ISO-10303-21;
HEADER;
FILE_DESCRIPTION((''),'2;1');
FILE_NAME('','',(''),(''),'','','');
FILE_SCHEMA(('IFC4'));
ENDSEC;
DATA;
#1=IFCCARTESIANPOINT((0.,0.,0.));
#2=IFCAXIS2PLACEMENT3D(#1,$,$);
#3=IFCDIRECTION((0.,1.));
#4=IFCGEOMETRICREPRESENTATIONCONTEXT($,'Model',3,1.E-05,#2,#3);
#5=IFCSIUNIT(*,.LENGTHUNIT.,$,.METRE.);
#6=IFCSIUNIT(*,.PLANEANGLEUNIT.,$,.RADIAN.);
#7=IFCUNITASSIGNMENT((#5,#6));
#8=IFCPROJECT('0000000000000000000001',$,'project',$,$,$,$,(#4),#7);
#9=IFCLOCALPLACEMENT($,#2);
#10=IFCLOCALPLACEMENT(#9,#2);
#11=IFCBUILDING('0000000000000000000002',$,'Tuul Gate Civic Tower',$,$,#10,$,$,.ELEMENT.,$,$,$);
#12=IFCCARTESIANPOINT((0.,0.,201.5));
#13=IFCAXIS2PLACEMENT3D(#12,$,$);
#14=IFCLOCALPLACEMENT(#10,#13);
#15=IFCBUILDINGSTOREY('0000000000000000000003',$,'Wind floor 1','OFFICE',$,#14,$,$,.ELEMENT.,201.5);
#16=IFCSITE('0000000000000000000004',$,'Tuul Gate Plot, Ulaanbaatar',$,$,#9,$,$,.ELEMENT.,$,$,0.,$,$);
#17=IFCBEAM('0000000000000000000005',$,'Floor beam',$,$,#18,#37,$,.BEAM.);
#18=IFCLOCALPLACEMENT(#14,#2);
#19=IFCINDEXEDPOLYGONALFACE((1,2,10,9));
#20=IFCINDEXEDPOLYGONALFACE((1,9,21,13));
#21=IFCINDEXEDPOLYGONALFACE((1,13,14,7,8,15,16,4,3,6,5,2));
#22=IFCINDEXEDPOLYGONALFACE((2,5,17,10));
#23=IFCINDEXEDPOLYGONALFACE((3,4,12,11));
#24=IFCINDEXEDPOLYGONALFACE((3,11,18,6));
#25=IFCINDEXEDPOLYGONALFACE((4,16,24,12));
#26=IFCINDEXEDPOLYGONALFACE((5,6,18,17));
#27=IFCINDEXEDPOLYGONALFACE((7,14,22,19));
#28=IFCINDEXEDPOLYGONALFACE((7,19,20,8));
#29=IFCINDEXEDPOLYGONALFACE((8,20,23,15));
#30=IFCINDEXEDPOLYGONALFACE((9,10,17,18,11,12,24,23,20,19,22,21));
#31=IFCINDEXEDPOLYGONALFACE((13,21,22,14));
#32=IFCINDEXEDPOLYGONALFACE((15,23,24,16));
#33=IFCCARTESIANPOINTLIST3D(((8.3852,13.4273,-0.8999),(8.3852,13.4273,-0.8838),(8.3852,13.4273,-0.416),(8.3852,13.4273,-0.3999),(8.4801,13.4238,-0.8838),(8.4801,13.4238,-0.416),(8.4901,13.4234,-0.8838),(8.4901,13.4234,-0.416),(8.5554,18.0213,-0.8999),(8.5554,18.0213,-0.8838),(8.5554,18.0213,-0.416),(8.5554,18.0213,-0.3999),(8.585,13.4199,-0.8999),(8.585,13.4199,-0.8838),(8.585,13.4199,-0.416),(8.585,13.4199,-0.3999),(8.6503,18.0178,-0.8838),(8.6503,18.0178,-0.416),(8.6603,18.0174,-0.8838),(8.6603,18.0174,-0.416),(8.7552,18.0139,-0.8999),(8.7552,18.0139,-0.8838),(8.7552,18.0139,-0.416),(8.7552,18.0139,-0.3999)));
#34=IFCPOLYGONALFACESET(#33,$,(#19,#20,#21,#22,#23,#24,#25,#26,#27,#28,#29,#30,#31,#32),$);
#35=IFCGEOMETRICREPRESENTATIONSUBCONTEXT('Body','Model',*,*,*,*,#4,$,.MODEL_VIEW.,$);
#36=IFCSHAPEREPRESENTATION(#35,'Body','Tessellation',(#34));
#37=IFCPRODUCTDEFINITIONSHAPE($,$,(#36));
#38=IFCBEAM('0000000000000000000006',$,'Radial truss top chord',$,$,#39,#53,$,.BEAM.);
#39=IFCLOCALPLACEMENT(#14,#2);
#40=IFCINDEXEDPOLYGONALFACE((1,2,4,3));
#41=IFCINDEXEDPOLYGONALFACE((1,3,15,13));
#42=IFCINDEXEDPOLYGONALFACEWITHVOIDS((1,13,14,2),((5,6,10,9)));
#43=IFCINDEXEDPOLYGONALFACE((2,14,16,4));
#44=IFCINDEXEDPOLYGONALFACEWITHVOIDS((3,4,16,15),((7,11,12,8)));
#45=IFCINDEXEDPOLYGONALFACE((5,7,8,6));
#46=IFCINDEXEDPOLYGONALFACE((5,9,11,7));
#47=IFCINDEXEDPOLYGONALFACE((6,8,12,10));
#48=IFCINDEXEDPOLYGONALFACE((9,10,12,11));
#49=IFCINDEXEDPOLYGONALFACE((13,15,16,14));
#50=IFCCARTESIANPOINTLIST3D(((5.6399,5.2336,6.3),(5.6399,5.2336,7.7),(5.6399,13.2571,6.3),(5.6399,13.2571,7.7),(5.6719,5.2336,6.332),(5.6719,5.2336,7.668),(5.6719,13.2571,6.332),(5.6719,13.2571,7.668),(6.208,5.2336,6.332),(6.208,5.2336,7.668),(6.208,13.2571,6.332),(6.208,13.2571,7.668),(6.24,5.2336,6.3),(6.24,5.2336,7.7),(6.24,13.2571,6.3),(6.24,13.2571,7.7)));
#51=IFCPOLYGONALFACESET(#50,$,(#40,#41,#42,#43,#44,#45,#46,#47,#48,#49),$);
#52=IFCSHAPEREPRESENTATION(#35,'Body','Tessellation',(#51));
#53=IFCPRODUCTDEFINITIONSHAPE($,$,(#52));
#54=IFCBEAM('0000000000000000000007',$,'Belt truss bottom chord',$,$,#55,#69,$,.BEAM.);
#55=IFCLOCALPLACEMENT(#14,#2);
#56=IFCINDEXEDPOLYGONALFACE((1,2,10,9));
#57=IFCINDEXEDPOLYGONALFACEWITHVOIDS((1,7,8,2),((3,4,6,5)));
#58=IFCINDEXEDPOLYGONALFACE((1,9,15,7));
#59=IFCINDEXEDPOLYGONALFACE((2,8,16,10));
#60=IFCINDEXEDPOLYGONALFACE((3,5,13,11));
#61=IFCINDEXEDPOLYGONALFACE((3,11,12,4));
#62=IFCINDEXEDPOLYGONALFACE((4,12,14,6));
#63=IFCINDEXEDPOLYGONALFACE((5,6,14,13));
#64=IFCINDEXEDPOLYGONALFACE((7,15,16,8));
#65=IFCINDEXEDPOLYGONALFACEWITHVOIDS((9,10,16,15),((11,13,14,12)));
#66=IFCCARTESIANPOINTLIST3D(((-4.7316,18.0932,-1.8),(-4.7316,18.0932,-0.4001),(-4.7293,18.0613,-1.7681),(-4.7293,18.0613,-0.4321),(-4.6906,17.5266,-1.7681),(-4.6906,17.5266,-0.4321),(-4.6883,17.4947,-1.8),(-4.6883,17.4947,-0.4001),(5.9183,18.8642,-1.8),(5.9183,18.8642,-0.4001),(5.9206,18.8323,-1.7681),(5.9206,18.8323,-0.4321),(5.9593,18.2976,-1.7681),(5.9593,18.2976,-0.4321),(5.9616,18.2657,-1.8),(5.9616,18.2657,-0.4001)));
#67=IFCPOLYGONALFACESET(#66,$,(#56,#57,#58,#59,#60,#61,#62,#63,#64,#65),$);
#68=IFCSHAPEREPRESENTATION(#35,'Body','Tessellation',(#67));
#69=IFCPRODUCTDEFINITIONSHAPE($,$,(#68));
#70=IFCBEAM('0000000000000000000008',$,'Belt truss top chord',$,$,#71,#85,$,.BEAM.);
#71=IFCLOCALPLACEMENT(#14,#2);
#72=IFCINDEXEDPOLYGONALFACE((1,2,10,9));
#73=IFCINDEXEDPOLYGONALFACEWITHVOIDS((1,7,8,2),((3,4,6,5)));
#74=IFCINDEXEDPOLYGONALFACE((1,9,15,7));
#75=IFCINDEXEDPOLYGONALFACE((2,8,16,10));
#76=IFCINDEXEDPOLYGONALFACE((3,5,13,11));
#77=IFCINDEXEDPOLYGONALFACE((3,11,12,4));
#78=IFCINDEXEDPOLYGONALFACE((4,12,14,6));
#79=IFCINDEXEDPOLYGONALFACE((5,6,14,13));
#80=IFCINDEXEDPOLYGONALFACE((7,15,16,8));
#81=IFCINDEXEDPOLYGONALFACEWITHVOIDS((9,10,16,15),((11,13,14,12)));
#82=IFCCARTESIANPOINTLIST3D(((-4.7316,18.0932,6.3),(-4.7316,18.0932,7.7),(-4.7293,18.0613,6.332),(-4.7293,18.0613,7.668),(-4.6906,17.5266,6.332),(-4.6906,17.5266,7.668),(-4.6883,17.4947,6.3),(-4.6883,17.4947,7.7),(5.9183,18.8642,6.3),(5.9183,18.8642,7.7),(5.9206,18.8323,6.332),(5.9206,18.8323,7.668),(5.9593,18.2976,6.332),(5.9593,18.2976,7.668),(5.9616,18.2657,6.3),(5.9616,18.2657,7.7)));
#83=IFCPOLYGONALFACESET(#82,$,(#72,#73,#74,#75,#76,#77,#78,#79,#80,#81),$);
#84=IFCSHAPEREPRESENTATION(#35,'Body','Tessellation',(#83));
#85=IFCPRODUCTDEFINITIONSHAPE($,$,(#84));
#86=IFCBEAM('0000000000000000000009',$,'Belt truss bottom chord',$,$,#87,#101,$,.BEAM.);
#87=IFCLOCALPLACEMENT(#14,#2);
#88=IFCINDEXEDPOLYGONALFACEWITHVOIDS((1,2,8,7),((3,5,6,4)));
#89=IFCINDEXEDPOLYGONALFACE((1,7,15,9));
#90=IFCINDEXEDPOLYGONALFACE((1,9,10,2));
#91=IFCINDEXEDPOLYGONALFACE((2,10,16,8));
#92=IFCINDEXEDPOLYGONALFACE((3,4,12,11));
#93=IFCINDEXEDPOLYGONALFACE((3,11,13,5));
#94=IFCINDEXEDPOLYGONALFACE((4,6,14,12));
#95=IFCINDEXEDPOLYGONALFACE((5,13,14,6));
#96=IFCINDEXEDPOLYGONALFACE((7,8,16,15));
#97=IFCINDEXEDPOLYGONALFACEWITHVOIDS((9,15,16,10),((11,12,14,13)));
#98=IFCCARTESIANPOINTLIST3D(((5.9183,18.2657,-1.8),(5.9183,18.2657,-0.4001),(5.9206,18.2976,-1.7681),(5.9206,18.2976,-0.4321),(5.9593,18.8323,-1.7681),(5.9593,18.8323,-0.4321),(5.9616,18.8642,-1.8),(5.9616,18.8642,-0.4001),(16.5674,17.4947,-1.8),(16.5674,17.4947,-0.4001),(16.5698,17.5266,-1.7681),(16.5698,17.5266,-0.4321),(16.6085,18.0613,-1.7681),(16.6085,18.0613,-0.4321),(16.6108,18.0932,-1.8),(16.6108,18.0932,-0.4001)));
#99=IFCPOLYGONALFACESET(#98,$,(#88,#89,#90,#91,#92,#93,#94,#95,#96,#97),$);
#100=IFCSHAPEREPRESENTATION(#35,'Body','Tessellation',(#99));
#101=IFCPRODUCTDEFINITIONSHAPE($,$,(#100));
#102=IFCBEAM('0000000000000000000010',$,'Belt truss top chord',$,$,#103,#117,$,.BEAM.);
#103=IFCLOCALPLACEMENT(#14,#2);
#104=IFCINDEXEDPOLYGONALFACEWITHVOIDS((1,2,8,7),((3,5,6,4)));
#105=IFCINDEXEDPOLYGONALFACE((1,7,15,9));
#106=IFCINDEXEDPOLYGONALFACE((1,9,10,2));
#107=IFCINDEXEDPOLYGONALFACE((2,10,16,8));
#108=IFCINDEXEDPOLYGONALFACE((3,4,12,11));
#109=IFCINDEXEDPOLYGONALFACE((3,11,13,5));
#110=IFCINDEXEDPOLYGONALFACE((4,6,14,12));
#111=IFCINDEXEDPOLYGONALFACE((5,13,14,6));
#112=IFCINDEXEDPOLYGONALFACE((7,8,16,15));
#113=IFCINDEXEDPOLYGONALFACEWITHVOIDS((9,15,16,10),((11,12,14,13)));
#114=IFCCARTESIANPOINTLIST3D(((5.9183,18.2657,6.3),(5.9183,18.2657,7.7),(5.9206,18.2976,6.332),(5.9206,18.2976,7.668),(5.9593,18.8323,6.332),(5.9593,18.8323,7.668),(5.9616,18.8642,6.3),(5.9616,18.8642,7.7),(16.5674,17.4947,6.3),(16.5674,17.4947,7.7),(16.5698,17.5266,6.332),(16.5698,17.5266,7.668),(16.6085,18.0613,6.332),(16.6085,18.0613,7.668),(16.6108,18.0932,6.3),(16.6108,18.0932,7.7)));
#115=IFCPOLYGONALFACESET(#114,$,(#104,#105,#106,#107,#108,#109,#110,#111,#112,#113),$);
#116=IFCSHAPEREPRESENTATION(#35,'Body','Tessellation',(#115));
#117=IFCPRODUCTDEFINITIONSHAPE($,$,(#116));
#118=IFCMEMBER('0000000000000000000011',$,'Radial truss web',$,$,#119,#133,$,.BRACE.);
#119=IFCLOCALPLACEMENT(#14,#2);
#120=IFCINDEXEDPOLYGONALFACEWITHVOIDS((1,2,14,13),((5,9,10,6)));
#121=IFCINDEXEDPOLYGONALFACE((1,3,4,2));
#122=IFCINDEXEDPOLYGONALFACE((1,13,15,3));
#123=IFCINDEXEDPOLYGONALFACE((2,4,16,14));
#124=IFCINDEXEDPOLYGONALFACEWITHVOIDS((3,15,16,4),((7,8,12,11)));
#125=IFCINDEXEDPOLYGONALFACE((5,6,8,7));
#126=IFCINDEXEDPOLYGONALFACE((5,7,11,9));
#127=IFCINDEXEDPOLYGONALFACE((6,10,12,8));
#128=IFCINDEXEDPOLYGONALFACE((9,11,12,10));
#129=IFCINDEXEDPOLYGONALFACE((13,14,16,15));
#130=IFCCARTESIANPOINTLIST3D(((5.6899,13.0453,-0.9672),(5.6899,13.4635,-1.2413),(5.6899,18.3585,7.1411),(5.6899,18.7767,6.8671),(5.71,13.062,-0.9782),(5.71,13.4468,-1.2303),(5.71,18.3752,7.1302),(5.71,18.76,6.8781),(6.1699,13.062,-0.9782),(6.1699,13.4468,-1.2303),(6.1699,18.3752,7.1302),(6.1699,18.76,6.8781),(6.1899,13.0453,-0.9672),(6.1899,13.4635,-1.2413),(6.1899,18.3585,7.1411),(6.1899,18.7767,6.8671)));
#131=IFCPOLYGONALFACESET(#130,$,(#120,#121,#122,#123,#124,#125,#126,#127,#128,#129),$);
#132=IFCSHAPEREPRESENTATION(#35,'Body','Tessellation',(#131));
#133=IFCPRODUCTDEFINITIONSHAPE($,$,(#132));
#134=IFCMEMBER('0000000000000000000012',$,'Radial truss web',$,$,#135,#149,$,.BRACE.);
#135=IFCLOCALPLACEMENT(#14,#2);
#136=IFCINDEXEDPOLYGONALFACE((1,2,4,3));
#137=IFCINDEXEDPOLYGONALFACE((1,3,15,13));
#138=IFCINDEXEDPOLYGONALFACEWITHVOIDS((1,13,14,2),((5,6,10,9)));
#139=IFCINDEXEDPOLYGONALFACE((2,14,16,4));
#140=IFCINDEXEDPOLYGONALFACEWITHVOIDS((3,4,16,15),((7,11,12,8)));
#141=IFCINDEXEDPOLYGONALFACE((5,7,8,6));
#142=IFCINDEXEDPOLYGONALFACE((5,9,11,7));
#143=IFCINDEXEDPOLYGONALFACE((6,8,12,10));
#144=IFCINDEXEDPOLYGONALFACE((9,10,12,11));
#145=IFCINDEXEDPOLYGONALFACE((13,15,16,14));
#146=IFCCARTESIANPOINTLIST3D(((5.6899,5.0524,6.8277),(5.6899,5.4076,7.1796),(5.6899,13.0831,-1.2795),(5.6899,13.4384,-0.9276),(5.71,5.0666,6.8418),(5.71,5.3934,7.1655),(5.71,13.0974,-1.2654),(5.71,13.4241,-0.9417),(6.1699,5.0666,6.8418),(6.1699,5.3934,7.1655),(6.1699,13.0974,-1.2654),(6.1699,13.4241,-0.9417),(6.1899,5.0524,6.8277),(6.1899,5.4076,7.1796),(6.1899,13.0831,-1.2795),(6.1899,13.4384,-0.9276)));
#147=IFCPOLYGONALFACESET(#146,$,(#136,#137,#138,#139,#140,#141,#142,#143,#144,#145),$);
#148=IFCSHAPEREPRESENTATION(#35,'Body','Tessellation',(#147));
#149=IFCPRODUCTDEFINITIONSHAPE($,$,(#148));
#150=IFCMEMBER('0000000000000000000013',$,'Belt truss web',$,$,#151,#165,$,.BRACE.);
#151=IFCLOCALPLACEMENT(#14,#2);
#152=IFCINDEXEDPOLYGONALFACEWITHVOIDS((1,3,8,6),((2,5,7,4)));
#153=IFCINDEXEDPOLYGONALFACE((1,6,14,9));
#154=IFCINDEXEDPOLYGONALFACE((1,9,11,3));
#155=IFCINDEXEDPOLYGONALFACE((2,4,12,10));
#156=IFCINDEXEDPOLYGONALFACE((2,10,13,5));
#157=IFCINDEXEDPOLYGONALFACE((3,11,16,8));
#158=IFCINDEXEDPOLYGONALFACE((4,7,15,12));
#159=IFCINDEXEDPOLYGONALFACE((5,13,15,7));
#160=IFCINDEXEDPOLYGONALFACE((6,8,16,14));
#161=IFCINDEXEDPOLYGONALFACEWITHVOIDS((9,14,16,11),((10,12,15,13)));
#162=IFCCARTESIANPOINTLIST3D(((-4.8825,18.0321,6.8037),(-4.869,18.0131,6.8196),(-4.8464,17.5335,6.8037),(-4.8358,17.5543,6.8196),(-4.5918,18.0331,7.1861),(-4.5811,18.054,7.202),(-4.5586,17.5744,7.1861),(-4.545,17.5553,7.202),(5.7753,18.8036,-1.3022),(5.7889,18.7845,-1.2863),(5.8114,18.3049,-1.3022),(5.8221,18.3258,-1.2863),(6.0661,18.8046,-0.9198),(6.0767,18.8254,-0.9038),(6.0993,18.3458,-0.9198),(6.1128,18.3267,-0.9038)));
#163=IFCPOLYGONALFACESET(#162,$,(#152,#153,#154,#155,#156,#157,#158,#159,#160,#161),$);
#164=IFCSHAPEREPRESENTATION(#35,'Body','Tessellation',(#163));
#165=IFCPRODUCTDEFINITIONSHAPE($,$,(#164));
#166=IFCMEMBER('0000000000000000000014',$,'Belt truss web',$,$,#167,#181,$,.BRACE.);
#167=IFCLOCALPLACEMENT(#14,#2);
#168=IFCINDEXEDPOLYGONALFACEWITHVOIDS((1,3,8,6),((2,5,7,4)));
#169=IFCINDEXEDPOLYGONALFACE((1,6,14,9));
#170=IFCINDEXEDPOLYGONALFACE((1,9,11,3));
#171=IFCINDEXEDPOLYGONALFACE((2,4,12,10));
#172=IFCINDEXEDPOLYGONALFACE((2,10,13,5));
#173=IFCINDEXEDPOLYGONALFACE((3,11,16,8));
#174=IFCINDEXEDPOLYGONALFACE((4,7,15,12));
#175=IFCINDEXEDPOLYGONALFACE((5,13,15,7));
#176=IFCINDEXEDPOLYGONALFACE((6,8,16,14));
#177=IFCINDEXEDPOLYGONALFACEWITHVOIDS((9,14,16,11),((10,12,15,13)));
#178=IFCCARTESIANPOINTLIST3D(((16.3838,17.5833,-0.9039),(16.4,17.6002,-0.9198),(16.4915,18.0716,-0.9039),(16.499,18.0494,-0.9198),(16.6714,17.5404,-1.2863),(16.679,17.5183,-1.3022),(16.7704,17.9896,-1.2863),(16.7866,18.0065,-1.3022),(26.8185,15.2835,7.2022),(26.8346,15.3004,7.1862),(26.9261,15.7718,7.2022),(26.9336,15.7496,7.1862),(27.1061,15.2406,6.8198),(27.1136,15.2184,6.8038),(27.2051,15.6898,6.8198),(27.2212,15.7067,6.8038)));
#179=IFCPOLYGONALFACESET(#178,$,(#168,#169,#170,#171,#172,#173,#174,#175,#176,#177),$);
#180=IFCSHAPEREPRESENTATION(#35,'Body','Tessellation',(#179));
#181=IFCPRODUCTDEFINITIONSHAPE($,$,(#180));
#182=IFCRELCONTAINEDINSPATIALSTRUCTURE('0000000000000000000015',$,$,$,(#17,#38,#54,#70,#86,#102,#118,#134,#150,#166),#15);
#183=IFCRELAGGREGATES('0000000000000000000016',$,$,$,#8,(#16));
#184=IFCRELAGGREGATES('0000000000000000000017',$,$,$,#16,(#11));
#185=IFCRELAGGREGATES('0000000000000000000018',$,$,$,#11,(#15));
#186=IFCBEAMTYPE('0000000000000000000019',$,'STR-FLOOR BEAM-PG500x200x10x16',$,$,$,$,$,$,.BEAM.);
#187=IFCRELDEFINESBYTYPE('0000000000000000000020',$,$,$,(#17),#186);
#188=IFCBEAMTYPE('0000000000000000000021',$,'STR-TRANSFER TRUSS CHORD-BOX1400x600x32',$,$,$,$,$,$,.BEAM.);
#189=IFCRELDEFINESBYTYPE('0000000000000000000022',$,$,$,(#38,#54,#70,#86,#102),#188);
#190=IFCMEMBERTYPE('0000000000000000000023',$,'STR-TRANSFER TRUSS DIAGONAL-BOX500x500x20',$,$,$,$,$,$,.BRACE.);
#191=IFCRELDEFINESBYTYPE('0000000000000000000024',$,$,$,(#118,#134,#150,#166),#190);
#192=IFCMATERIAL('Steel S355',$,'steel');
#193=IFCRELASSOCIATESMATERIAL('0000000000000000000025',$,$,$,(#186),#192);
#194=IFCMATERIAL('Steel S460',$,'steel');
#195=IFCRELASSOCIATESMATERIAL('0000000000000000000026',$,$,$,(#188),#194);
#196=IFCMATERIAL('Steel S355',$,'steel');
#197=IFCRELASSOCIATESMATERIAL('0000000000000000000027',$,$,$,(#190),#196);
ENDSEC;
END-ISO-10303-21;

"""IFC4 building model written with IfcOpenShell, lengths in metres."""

from ifc_helpers import new_model, si_unit, direction, frame, origin, origin_2d, place, context, subcontext, project, spatial, hollow_rectangle, i_section, extrude, material, material_profile, profile_set, type_object, element, save


model = new_model("IFC4")

# Units and contexts
model_context = context("Model", 3, precision=1e-05, world=origin(), true_north=direction((0.0, 1.0)))
body_context = subcontext(model_context, "Body", "Model", "MODEL_VIEW")
ifc_project = project(units=[si_unit("LENGTHUNIT", "METRE"), si_unit("PLANEANGLEUNIT", "RADIAN")], contexts=[model_context])

# Site, building, storey
site_placement = place(None, origin())
site = spatial("IfcSite", under=ifc_project, at=site_placement, Name="Tuul Gate Plot, Ulaanbaatar", CompositionType="ELEMENT", RefElevation=0.0)
building_placement = place(site_placement, origin())
building = spatial("IfcBuilding", under=site, at=building_placement, Name="Tuul Gate Civic Tower", CompositionType="ELEMENT")
storey_placement = place(building_placement, frame((0.0, 0.0, 201.5)))
storey = spatial("IfcBuildingStorey", under=building, at=storey_placement, Name="Wind floor 1", Description="OFFICE", CompositionType="ELEMENT", Elevation=201.5)

# Beams
ifc_material_1 = material(Name="Steel S355", Category="steel")
ifc_material_profile_1 = material_profile(ifc_material_1, i_section(OverallWidth=0.2, OverallDepth=0.5, WebThickness=0.01, FlangeThickness=0.0161, at=origin_2d()), Name="PG500x200x10x16")
ifc_profile_set_1 = profile_set([ifc_material_profile_1], Name="Steel S355")
beam_type_1 = type_object("IfcBeamType", Name="STR-FLOOR BEAM-PG500x200x10x16", PredefinedType="BEAM", material=ifc_profile_set_1)
beam_1_placement = place(storey_placement, frame((8.4851, 13.4236, -0.6499), z_axis=(0.037016, 0.999315, 0.0), x_axis=(-0.999315, 0.037016, 0.0)))
element("IfcBeam", 1, at=beam_1_placement, inside=storey, type_object=beam_type_1, Name="Floor beam", PredefinedType="BEAM", context=body_context, shape_type="SweptSolid", body=[
    extrude(i_section(OverallWidth=0.2, OverallDepth=0.5, WebThickness=0.01, FlangeThickness=0.0161, at=origin_2d()), origin(), (0.0, 0.0, 1.0), 4.5972),
])
ifc_material_2 = material(Name="Steel S460", Category="steel")
ifc_material_profile_2 = material_profile(ifc_material_2, hollow_rectangle(XDim=0.6001, YDim=1.3999, WallThickness=0.032, at=origin_2d()), Name="BOX1400x600x32")
ifc_profile_set_2 = profile_set([ifc_material_profile_2], Name="Steel S460")
beam_type_2 = type_object("IfcBeamType", Name="STR-TRANSFER TRUSS CHORD-BOX1400x600x32", PredefinedType="BEAM", material=ifc_profile_set_2)
beam_2_placement = place(storey_placement, frame((5.9399, 13.2571, 7.0), z_axis=(0.0, -1.0, 0.0), x_axis=(1.0, 0.0, 0.0)))
element("IfcBeam", 2, at=beam_2_placement, inside=storey, type_object=beam_type_2, Name="Radial truss top chord", PredefinedType="BEAM", context=body_context, shape_type="SweptSolid", body=[
    extrude(hollow_rectangle(XDim=0.6001, YDim=1.3999, WallThickness=0.032, at=origin_2d()), origin(), (0.0, 0.0, 1.0), 8.0234),
])
for number, where, z_axis, x_axis, name in (
    (3, (5.9399, 18.5649, -1.1001), (-0.99739, -0.072206, 0.0), (0.072206, -0.99739, 0.0), "Belt truss bottom chord"),
    (4, (5.9399, 18.5649, 7.0), (-0.99739, -0.072206, 0.0), (0.072206, -0.99739, 0.0), "Belt truss top chord"),
):
    element("IfcBeam", number, at=place(storey_placement, frame(where, z_axis=z_axis, x_axis=x_axis)), inside=storey, type_object=beam_type_2, Name=name, PredefinedType="BEAM", context=body_context, shape_type="SweptSolid", body=[
        extrude(hollow_rectangle(XDim=0.6001, YDim=1.3999, WallThickness=0.032, at=origin_2d()), origin(), (0.0, 0.0, 1.0), 10.6777),
    ])
for number, where, z_axis, x_axis, name in (
    (5, (16.5891, 17.7939, -1.1001), (-0.997389, 0.072211, 0.0), (-0.072211, -0.997389, 0.0), "Belt truss bottom chord"),
    (6, (16.5891, 17.7939, 7.0), (-0.997389, 0.072211, 0.0), (-0.072211, -0.997389, 0.0), "Belt truss top chord"),
):
    element("IfcBeam", number, at=place(storey_placement, frame(where, z_axis=z_axis, x_axis=x_axis)), inside=storey, type_object=beam_type_2, Name=name, PredefinedType="BEAM", context=body_context, shape_type="SweptSolid", body=[
        extrude(hollow_rectangle(XDim=0.6001, YDim=1.3999, WallThickness=0.032, at=origin_2d()), origin(), (0.0, 0.0, 1.0), 10.677),
    ])

# Members
ifc_material_3 = material(Name="Steel S355", Category="steel")
ifc_material_profile_3 = material_profile(ifc_material_3, hollow_rectangle(XDim=0.5, YDim=0.5, WallThickness=0.02, at=origin_2d()), Name="BOX500x500x20")
ifc_profile_set_3 = profile_set([ifc_material_profile_3], Name="Steel S355")
member_type_1 = type_object("IfcMemberType", Name="STR-TRANSFER TRUSS DIAGONAL-BOX500x500x20", PredefinedType="BRACE", material=ifc_profile_set_3)
member_1_placement = place(storey_placement, frame((5.9399, 13.2544, -1.1042), z_axis=(0.0, 0.548086, 0.836422), x_axis=(-1.0, 0.0, 0.0)))
element("IfcMember", 7, at=member_1_placement, inside=storey, type_object=member_type_1, Name="Radial truss web", PredefinedType="BRACE", context=body_context, shape_type="SweptSolid", body=[
    extrude(hollow_rectangle(XDim=0.5, YDim=0.5, WallThickness=0.02, at=origin_2d()), origin(), (0.0, 0.0, 1.0), 9.6941),
])
member_2_placement = place(storey_placement, frame((5.9399, 13.2607, -1.1035), z_axis=(0.0, -0.703751, 0.710447), x_axis=(1.0, 0.0, 0.0)))
element("IfcMember", 8, at=member_2_placement, inside=storey, type_object=member_type_1, Name="Radial truss web", PredefinedType="BRACE", context=body_context, shape_type="SweptSolid", body=[
    extrude(hollow_rectangle(XDim=0.5, YDim=0.5, WallThickness=0.02, at=origin_2d()), origin(), (0.0, 0.0, 1.0), 11.4114),
])
member_3_placement = place(storey_placement, frame((5.9441, 18.5652, -1.103), z_axis=(-0.794632, -0.05752, 0.604361), x_axis=(0.072197, -0.99739, 0.0)))
element("IfcMember", 9, at=member_3_placement, inside=storey, type_object=member_type_1, Name="Belt truss web", PredefinedType="BRACE", context=body_context, shape_type="SweptSolid", body=[
    extrude(hollow_rectangle(XDim=0.5, YDim=0.5, WallThickness=0.02, at=origin_2d()), origin(), (0.0, 0.0, 1.0), 13.4124),
])
member_4_placement = place(storey_placement, frame((16.5852, 17.7949, -1.103), z_axis=(0.778015, -0.171476, 0.604391), x_axis=(0.215237, 0.976562, 0.0)))
element("IfcMember", 10, at=member_4_placement, inside=storey, type_object=member_type_1, Name="Belt truss web", PredefinedType="BRACE", context=body_context, shape_type="SweptSolid", body=[
    extrude(hollow_rectangle(XDim=0.5, YDim=0.5, WallThickness=0.02, at=origin_2d()), origin(), (0.0, 0.0, 1.0), 13.4119),
])

save(model, "model.ifc")
